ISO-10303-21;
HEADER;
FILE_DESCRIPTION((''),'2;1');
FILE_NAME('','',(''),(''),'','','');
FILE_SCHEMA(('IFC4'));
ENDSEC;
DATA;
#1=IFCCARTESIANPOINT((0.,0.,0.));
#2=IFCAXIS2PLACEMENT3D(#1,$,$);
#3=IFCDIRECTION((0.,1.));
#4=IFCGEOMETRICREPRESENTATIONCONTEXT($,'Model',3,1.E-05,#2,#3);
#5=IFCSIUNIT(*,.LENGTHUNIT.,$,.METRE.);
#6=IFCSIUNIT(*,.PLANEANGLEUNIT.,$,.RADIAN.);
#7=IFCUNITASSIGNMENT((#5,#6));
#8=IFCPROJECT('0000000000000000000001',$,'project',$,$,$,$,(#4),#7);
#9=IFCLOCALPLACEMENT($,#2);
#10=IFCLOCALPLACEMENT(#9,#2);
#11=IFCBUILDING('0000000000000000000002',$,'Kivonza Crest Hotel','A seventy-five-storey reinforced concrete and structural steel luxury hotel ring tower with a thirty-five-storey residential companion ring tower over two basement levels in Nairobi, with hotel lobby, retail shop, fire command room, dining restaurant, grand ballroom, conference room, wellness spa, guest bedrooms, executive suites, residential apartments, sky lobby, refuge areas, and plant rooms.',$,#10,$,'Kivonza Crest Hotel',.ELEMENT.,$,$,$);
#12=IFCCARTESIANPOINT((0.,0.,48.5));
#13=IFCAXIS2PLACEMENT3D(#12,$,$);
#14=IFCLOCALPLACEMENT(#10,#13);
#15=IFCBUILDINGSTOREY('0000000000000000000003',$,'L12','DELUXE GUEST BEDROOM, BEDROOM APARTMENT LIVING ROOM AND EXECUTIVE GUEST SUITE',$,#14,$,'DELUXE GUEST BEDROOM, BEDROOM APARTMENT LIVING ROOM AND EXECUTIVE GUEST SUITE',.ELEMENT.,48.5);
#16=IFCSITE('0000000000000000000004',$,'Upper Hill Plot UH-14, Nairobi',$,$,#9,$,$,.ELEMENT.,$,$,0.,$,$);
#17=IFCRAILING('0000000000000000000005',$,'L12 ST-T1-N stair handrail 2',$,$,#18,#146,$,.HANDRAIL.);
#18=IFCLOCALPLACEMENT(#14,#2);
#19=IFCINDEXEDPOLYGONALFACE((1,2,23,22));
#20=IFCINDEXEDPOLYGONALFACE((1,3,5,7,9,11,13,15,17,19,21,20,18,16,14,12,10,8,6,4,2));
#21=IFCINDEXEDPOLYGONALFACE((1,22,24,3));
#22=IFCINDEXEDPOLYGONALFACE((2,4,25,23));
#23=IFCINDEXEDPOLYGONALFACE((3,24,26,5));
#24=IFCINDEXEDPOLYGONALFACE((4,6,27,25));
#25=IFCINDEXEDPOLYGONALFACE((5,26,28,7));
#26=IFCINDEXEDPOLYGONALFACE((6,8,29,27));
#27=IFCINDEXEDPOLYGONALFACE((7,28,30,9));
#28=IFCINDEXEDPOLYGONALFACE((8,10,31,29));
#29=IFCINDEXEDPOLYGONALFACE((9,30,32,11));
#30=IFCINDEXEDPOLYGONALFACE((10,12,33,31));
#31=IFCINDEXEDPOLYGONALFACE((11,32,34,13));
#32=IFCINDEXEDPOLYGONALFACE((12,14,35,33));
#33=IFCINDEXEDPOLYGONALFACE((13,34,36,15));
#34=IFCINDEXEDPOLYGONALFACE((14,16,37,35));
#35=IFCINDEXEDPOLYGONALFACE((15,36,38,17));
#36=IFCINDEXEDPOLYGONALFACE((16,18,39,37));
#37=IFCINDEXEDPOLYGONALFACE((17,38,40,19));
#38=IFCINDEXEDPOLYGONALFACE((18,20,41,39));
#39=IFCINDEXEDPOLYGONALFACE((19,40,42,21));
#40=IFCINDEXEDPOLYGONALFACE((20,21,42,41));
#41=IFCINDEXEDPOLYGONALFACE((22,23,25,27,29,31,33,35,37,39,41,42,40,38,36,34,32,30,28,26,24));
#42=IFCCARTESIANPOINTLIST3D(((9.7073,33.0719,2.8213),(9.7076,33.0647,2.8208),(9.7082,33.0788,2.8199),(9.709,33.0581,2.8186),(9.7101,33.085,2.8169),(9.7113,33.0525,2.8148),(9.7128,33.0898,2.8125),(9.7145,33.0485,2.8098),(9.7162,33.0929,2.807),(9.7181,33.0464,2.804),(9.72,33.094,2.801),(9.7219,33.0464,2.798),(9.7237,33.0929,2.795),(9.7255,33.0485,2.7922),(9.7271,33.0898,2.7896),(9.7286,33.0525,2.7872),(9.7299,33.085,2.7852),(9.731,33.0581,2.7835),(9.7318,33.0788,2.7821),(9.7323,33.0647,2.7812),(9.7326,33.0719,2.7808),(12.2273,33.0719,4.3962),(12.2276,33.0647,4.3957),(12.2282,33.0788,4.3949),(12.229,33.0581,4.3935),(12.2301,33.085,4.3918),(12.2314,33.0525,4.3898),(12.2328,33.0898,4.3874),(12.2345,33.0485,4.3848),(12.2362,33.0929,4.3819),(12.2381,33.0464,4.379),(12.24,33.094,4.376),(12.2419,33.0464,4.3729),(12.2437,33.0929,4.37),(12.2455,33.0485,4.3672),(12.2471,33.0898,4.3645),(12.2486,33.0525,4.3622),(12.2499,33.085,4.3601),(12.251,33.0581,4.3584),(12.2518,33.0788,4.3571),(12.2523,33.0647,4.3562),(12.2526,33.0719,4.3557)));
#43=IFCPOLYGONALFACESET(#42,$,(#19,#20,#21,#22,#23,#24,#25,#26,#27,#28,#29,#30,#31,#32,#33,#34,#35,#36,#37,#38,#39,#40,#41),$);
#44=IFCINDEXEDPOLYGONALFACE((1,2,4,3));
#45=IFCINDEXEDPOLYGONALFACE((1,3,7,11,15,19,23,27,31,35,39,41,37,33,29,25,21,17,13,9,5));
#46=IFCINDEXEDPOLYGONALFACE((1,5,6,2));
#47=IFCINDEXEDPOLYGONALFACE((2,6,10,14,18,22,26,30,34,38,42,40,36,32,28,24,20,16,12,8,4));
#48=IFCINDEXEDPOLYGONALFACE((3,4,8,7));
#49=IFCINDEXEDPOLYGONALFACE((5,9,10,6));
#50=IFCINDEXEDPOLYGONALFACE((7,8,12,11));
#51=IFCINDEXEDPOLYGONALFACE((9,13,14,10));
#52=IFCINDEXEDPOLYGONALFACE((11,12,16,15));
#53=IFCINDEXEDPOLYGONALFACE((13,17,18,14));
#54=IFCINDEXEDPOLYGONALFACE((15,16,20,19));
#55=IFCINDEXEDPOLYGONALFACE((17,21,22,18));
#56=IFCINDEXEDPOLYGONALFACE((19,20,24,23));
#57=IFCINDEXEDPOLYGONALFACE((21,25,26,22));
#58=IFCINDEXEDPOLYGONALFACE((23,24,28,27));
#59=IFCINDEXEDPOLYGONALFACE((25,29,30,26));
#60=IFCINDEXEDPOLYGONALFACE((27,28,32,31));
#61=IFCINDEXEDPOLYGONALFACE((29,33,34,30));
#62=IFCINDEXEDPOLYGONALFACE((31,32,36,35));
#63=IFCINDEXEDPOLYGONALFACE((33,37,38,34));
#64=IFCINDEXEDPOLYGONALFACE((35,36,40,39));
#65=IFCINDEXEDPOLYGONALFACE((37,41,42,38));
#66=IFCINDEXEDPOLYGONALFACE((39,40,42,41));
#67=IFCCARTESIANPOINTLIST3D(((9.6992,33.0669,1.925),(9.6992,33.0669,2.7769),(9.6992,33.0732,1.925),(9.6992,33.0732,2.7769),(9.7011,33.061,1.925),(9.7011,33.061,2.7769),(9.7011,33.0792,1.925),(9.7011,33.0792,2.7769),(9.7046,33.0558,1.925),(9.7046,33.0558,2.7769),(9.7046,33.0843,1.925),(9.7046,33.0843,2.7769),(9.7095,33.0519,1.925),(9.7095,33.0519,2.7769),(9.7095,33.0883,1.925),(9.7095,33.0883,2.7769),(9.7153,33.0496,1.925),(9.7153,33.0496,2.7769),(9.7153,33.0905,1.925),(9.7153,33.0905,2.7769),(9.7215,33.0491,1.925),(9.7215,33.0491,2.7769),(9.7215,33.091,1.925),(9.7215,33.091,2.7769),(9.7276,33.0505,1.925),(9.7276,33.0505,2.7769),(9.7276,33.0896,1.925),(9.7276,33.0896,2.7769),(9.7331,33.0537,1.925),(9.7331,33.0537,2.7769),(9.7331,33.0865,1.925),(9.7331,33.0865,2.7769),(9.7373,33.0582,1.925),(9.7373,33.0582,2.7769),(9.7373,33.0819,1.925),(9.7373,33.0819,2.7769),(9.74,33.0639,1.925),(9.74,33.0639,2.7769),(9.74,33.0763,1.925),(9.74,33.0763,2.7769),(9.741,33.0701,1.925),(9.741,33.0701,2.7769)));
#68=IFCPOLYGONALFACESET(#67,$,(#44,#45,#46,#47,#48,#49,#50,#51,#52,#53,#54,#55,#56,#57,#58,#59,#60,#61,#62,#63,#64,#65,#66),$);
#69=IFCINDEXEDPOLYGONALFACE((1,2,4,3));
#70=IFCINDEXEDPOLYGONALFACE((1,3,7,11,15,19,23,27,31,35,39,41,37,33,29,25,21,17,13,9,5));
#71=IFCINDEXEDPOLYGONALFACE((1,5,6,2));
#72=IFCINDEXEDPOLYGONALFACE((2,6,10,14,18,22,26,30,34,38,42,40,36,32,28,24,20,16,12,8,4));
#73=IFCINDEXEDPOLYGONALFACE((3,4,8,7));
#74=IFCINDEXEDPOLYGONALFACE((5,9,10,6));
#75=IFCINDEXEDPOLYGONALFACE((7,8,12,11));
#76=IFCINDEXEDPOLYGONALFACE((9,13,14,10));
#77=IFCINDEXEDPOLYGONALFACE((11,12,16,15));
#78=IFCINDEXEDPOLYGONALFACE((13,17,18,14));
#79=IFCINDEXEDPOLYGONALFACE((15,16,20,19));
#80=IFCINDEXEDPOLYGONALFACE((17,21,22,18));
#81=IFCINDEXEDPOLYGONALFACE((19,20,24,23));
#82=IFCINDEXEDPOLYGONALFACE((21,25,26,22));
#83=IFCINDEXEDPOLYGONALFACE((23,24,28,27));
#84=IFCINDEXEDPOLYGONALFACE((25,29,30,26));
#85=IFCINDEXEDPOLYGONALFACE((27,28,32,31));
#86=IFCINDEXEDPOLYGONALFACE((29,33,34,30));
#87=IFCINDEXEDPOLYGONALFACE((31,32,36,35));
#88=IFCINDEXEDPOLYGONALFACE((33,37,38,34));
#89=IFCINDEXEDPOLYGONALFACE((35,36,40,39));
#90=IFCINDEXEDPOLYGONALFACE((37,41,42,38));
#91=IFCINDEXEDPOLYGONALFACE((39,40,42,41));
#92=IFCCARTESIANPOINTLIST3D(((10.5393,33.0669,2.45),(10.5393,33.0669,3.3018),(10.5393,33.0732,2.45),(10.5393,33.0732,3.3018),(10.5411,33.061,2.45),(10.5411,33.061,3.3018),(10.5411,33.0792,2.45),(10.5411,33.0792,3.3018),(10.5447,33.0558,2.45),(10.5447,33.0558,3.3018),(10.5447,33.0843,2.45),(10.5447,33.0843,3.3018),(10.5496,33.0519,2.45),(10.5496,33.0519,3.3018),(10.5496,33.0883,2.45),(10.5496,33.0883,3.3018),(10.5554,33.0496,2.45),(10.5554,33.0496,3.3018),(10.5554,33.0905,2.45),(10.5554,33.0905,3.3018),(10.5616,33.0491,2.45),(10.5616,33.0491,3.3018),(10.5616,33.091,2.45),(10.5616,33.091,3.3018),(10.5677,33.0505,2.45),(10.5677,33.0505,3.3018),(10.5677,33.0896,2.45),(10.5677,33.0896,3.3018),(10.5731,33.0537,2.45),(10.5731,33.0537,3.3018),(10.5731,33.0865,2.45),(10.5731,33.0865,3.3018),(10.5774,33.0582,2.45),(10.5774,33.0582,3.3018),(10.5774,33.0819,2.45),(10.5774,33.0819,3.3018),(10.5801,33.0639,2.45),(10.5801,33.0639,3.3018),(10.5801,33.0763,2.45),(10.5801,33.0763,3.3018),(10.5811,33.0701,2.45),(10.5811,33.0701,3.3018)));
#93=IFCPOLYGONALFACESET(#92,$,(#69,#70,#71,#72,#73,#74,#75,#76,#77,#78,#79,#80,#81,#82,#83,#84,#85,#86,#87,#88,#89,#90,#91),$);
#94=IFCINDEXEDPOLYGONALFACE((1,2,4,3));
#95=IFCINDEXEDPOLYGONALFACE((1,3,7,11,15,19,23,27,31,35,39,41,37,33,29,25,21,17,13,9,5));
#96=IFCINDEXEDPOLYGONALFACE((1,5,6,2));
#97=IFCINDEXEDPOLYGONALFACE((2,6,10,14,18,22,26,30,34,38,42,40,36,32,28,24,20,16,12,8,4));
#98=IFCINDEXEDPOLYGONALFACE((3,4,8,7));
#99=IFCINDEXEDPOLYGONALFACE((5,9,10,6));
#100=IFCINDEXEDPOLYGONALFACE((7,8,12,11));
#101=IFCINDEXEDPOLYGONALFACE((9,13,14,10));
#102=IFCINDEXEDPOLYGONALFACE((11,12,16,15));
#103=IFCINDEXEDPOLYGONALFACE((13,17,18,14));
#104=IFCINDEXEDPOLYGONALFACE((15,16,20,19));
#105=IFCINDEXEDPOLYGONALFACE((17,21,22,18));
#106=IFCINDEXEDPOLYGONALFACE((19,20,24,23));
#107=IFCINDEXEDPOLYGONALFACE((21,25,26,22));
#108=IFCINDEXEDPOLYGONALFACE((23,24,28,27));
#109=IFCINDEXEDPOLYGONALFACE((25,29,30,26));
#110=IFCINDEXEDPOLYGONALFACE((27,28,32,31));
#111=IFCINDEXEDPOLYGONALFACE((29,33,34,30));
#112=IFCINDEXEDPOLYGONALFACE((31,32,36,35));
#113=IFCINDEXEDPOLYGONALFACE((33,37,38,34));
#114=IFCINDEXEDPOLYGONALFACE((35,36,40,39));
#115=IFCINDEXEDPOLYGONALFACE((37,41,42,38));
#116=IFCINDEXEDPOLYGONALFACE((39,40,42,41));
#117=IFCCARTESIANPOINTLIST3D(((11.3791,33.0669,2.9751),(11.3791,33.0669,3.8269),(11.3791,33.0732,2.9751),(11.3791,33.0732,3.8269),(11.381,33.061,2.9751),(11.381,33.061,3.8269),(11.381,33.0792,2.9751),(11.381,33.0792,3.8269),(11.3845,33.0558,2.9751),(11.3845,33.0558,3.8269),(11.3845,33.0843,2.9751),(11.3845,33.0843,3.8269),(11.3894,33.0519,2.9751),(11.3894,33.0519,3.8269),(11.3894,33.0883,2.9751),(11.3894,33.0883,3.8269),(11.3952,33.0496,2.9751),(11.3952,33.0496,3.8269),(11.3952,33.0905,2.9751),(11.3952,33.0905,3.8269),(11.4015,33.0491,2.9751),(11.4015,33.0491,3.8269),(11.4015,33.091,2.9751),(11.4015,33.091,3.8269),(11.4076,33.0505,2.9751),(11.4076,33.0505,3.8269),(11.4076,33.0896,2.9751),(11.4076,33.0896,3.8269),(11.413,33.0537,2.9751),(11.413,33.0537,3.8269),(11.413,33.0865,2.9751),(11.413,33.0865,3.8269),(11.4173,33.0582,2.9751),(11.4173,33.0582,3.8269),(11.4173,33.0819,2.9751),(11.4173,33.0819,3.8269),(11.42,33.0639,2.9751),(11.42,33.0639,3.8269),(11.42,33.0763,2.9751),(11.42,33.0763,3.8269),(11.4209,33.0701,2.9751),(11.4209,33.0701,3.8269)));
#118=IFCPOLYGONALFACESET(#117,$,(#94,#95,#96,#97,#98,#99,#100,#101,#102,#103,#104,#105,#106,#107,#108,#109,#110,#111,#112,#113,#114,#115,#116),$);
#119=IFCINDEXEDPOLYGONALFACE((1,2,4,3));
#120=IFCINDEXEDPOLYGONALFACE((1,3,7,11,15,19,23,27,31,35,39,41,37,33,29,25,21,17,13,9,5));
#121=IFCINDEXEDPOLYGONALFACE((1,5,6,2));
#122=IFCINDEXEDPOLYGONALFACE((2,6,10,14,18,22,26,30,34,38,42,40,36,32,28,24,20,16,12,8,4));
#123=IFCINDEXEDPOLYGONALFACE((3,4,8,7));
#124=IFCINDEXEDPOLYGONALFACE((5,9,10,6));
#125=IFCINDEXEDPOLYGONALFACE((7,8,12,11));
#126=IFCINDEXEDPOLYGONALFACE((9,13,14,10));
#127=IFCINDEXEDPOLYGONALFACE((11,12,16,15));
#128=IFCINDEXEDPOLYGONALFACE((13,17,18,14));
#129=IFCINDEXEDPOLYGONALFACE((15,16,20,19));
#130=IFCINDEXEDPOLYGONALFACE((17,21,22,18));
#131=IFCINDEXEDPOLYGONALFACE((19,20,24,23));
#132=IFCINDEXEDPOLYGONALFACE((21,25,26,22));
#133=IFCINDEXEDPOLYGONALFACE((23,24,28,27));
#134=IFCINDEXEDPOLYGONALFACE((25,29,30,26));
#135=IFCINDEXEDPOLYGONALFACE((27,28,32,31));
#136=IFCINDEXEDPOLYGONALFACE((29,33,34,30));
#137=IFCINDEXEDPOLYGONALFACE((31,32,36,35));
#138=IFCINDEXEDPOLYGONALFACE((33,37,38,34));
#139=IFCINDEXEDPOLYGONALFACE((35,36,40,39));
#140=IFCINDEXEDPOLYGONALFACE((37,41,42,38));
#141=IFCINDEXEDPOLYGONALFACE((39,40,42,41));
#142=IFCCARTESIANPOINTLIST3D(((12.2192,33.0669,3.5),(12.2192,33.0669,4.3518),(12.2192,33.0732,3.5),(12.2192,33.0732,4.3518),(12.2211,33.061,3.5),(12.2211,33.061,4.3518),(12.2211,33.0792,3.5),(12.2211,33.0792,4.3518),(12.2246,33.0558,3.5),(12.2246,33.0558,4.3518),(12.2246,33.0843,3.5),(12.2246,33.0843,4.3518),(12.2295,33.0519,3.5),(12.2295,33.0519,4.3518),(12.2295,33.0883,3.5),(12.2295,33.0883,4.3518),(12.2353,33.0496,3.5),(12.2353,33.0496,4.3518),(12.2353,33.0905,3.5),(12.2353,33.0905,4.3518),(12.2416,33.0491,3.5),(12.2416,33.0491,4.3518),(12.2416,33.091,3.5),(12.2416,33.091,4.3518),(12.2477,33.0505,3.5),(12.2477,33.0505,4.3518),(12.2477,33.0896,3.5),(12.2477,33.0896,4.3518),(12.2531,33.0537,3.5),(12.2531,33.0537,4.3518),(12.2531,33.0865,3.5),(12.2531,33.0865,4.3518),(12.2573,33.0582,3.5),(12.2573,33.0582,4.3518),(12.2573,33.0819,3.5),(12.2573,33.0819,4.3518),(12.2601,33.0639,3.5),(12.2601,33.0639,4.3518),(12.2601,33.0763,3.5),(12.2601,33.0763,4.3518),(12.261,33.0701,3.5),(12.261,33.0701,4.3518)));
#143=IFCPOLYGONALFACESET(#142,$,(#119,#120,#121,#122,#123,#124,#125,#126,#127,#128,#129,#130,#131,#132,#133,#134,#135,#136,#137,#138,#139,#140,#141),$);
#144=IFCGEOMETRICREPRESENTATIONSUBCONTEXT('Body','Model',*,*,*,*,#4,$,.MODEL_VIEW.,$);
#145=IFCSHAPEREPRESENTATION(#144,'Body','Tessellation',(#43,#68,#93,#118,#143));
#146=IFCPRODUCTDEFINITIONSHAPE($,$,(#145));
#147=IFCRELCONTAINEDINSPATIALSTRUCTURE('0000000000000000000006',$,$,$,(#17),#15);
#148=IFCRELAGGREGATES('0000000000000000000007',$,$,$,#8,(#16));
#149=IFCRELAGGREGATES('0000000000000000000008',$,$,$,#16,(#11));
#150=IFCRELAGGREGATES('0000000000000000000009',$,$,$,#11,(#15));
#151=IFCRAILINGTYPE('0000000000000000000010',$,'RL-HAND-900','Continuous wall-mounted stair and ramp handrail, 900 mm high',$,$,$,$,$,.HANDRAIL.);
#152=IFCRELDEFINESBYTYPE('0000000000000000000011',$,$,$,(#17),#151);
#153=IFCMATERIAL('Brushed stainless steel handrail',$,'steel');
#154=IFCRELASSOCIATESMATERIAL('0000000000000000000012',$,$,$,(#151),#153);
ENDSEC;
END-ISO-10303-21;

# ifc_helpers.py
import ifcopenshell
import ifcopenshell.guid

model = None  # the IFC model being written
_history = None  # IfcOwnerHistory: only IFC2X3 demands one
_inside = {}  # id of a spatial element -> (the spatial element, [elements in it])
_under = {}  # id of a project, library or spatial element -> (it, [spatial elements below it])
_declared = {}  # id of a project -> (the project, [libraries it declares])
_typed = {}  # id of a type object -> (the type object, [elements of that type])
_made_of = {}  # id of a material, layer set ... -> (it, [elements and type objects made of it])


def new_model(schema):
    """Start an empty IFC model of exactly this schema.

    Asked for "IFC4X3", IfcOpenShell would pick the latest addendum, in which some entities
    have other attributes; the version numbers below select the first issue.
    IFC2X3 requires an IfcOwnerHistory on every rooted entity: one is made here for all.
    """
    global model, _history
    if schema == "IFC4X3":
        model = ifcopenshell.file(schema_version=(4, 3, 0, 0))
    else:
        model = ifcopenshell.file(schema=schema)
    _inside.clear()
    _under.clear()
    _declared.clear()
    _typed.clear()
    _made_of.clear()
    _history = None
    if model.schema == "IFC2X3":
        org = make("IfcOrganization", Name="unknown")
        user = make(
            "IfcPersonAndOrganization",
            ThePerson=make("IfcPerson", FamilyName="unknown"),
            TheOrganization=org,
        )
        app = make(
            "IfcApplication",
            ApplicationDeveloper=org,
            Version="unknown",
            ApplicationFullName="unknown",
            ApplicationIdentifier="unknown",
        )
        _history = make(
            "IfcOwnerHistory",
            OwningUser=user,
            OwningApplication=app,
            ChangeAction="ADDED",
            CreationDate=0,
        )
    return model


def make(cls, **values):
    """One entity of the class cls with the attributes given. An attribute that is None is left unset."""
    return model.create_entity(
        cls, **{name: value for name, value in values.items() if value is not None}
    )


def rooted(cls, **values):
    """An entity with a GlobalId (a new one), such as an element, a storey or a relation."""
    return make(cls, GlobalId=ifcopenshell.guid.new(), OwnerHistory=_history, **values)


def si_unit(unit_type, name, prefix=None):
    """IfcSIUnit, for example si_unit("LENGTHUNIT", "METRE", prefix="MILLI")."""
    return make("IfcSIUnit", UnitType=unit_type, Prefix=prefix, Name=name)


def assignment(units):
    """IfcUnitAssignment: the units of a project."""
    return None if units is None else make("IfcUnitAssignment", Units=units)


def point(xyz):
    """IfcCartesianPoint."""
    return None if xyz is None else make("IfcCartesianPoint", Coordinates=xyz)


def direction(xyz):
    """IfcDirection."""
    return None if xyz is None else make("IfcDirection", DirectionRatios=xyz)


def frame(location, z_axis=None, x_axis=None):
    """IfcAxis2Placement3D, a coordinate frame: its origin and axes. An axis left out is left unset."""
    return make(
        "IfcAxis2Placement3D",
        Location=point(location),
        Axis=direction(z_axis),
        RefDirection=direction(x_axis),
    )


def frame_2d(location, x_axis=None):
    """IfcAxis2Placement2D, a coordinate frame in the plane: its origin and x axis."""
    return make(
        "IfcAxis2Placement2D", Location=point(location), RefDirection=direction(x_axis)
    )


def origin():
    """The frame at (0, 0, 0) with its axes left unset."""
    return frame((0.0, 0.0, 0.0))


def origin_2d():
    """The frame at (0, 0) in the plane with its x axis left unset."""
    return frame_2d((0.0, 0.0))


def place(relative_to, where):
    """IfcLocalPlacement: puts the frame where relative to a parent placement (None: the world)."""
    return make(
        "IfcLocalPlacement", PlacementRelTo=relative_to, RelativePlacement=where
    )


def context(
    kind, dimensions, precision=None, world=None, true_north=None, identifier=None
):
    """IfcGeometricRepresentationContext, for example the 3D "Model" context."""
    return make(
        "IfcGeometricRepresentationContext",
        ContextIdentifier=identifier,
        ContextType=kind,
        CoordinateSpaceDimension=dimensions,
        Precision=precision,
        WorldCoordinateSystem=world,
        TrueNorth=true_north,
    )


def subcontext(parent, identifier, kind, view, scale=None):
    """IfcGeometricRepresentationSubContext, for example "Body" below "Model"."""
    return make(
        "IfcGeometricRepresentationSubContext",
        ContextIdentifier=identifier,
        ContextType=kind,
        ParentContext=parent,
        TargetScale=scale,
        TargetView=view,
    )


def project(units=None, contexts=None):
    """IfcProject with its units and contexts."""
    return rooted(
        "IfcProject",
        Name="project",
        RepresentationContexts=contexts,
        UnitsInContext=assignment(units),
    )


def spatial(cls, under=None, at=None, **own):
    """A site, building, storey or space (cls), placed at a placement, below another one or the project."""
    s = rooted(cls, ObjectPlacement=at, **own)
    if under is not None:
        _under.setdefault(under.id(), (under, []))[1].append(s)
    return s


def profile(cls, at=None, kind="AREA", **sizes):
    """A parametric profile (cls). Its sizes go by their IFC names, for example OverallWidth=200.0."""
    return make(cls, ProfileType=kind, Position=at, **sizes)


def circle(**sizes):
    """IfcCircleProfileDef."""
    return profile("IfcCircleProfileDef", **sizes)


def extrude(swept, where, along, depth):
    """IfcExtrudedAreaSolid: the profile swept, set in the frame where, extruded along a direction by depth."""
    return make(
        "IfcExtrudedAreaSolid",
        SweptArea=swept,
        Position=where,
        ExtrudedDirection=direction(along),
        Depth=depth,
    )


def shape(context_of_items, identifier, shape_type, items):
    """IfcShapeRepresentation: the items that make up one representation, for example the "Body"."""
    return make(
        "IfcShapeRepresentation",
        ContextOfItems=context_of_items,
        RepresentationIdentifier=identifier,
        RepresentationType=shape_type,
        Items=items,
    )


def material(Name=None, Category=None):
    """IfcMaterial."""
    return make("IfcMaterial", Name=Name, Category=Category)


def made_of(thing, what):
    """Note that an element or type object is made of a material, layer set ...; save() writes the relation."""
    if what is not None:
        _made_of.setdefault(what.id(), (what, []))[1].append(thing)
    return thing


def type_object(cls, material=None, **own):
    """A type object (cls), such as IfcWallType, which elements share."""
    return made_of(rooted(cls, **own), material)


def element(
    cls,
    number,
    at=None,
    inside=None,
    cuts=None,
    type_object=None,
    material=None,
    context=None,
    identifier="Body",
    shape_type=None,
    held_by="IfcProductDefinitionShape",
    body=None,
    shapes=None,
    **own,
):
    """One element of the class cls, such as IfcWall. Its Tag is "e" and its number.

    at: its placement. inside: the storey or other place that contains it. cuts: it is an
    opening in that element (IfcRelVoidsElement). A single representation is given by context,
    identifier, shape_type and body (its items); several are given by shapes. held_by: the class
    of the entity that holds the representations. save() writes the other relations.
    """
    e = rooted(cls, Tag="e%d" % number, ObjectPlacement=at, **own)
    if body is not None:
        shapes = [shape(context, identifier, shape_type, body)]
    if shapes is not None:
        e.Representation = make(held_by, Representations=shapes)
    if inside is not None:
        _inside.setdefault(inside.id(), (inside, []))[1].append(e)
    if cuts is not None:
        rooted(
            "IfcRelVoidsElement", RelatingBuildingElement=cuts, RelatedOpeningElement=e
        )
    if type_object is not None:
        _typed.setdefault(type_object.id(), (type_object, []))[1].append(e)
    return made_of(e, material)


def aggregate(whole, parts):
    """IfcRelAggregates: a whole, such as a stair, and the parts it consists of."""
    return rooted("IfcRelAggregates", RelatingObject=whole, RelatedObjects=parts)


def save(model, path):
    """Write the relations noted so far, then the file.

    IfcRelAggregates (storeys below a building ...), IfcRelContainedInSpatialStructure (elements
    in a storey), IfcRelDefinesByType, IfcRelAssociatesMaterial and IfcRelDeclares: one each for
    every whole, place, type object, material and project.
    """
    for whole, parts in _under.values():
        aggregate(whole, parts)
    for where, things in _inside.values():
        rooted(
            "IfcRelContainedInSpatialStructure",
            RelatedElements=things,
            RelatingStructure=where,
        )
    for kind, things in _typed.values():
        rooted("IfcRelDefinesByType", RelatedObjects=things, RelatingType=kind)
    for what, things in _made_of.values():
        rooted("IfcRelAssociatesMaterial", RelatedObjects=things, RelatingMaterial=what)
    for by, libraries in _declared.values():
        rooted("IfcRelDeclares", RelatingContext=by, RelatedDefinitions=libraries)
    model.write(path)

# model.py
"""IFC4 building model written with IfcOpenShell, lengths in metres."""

from ifc_helpers import new_model, si_unit, direction, frame, origin, origin_2d, place, context, subcontext, project, spatial, circle, extrude, material, type_object, element, save


model = new_model("IFC4")

# Units and contexts
model_context = context("Model", 3, precision=1e-05, world=origin(), true_north=direction((0.0, 1.0)))
body_context = subcontext(model_context, "Body", "Model", "MODEL_VIEW")
ifc_project = project(units=[si_unit("LENGTHUNIT", "METRE"), si_unit("PLANEANGLEUNIT", "RADIAN")], contexts=[model_context])

# Site, building, storey
site_placement = place(None, origin())
site = spatial("IfcSite", under=ifc_project, at=site_placement, Name="Upper Hill Plot UH-14, Nairobi", CompositionType="ELEMENT", RefElevation=0.0)
building_placement = place(site_placement, origin())
building = spatial("IfcBuilding", under=site, at=building_placement, Name="Kivonza Crest Hotel", Description="A seventy-five-storey reinforced concrete and structural steel luxury hotel ring tower with a thirty-five-storey residential companion ring tower over two basement levels in Nairobi, with hotel lobby, retail shop, fire command room, dining restaurant, grand ballroom, conference room, wellness spa, guest bedrooms, executive suites, residential apartments, sky lobby, refuge areas, and plant rooms.", LongName="Kivonza Crest Hotel", CompositionType="ELEMENT")
storey_placement = place(building_placement, frame((0.0, 0.0, 48.5)))
storey = spatial("IfcBuildingStorey", under=building, at=storey_placement, Name="L12", Description="DELUXE GUEST BEDROOM, BEDROOM APARTMENT LIVING ROOM AND EXECUTIVE GUEST SUITE", LongName="DELUXE GUEST BEDROOM, BEDROOM APARTMENT LIVING ROOM AND EXECUTIVE GUEST SUITE", CompositionType="ELEMENT", Elevation=48.5)

# Railing
ifc_material_1 = material(Name="Brushed stainless steel handrail", Category="steel")
railing_type = type_object("IfcRailingType", Name="RL-HAND-900", Description="Continuous wall-mounted stair and ramp handrail, 900 mm high", PredefinedType="HANDRAIL", material=ifc_material_1)
railing_placement = place(storey_placement, frame((9.72, 33.0701, 1.925)))
element("IfcRailing", 1, at=railing_placement, inside=storey, type_object=railing_type, Name="L12 ST-T1-N stair handrail 2", PredefinedType="HANDRAIL", context=body_context, shape_type="SweptSolid", body=[
    extrude(circle(Radius=0.0239, at=origin_2d()), frame((0.0, 0.0, 0.876), z_axis=(0.848008, 0.0, 0.529984), x_axis=(0.0, 1.0, 0.0)), (0.0, 0.0, 1.0), 2.9717),
    extrude(circle(Radius=0.021, at=origin_2d()), origin(), (0.0, 0.0, 1.0), 0.8518),
    extrude(circle(Radius=0.021, at=origin_2d()), frame((0.8401, 0.0, 0.5249)), (0.0, 0.0, 1.0), 0.8518),
    extrude(circle(Radius=0.021, at=origin_2d()), frame((1.6799, 0.0, 1.05)), (0.0, 0.0, 1.0), 0.8518),
    extrude(circle(Radius=0.021, at=origin_2d()), frame((2.52, 0.0, 1.575)), (0.0, 0.0, 1.0), 0.8518),
])

save(model, "model.ifc")
